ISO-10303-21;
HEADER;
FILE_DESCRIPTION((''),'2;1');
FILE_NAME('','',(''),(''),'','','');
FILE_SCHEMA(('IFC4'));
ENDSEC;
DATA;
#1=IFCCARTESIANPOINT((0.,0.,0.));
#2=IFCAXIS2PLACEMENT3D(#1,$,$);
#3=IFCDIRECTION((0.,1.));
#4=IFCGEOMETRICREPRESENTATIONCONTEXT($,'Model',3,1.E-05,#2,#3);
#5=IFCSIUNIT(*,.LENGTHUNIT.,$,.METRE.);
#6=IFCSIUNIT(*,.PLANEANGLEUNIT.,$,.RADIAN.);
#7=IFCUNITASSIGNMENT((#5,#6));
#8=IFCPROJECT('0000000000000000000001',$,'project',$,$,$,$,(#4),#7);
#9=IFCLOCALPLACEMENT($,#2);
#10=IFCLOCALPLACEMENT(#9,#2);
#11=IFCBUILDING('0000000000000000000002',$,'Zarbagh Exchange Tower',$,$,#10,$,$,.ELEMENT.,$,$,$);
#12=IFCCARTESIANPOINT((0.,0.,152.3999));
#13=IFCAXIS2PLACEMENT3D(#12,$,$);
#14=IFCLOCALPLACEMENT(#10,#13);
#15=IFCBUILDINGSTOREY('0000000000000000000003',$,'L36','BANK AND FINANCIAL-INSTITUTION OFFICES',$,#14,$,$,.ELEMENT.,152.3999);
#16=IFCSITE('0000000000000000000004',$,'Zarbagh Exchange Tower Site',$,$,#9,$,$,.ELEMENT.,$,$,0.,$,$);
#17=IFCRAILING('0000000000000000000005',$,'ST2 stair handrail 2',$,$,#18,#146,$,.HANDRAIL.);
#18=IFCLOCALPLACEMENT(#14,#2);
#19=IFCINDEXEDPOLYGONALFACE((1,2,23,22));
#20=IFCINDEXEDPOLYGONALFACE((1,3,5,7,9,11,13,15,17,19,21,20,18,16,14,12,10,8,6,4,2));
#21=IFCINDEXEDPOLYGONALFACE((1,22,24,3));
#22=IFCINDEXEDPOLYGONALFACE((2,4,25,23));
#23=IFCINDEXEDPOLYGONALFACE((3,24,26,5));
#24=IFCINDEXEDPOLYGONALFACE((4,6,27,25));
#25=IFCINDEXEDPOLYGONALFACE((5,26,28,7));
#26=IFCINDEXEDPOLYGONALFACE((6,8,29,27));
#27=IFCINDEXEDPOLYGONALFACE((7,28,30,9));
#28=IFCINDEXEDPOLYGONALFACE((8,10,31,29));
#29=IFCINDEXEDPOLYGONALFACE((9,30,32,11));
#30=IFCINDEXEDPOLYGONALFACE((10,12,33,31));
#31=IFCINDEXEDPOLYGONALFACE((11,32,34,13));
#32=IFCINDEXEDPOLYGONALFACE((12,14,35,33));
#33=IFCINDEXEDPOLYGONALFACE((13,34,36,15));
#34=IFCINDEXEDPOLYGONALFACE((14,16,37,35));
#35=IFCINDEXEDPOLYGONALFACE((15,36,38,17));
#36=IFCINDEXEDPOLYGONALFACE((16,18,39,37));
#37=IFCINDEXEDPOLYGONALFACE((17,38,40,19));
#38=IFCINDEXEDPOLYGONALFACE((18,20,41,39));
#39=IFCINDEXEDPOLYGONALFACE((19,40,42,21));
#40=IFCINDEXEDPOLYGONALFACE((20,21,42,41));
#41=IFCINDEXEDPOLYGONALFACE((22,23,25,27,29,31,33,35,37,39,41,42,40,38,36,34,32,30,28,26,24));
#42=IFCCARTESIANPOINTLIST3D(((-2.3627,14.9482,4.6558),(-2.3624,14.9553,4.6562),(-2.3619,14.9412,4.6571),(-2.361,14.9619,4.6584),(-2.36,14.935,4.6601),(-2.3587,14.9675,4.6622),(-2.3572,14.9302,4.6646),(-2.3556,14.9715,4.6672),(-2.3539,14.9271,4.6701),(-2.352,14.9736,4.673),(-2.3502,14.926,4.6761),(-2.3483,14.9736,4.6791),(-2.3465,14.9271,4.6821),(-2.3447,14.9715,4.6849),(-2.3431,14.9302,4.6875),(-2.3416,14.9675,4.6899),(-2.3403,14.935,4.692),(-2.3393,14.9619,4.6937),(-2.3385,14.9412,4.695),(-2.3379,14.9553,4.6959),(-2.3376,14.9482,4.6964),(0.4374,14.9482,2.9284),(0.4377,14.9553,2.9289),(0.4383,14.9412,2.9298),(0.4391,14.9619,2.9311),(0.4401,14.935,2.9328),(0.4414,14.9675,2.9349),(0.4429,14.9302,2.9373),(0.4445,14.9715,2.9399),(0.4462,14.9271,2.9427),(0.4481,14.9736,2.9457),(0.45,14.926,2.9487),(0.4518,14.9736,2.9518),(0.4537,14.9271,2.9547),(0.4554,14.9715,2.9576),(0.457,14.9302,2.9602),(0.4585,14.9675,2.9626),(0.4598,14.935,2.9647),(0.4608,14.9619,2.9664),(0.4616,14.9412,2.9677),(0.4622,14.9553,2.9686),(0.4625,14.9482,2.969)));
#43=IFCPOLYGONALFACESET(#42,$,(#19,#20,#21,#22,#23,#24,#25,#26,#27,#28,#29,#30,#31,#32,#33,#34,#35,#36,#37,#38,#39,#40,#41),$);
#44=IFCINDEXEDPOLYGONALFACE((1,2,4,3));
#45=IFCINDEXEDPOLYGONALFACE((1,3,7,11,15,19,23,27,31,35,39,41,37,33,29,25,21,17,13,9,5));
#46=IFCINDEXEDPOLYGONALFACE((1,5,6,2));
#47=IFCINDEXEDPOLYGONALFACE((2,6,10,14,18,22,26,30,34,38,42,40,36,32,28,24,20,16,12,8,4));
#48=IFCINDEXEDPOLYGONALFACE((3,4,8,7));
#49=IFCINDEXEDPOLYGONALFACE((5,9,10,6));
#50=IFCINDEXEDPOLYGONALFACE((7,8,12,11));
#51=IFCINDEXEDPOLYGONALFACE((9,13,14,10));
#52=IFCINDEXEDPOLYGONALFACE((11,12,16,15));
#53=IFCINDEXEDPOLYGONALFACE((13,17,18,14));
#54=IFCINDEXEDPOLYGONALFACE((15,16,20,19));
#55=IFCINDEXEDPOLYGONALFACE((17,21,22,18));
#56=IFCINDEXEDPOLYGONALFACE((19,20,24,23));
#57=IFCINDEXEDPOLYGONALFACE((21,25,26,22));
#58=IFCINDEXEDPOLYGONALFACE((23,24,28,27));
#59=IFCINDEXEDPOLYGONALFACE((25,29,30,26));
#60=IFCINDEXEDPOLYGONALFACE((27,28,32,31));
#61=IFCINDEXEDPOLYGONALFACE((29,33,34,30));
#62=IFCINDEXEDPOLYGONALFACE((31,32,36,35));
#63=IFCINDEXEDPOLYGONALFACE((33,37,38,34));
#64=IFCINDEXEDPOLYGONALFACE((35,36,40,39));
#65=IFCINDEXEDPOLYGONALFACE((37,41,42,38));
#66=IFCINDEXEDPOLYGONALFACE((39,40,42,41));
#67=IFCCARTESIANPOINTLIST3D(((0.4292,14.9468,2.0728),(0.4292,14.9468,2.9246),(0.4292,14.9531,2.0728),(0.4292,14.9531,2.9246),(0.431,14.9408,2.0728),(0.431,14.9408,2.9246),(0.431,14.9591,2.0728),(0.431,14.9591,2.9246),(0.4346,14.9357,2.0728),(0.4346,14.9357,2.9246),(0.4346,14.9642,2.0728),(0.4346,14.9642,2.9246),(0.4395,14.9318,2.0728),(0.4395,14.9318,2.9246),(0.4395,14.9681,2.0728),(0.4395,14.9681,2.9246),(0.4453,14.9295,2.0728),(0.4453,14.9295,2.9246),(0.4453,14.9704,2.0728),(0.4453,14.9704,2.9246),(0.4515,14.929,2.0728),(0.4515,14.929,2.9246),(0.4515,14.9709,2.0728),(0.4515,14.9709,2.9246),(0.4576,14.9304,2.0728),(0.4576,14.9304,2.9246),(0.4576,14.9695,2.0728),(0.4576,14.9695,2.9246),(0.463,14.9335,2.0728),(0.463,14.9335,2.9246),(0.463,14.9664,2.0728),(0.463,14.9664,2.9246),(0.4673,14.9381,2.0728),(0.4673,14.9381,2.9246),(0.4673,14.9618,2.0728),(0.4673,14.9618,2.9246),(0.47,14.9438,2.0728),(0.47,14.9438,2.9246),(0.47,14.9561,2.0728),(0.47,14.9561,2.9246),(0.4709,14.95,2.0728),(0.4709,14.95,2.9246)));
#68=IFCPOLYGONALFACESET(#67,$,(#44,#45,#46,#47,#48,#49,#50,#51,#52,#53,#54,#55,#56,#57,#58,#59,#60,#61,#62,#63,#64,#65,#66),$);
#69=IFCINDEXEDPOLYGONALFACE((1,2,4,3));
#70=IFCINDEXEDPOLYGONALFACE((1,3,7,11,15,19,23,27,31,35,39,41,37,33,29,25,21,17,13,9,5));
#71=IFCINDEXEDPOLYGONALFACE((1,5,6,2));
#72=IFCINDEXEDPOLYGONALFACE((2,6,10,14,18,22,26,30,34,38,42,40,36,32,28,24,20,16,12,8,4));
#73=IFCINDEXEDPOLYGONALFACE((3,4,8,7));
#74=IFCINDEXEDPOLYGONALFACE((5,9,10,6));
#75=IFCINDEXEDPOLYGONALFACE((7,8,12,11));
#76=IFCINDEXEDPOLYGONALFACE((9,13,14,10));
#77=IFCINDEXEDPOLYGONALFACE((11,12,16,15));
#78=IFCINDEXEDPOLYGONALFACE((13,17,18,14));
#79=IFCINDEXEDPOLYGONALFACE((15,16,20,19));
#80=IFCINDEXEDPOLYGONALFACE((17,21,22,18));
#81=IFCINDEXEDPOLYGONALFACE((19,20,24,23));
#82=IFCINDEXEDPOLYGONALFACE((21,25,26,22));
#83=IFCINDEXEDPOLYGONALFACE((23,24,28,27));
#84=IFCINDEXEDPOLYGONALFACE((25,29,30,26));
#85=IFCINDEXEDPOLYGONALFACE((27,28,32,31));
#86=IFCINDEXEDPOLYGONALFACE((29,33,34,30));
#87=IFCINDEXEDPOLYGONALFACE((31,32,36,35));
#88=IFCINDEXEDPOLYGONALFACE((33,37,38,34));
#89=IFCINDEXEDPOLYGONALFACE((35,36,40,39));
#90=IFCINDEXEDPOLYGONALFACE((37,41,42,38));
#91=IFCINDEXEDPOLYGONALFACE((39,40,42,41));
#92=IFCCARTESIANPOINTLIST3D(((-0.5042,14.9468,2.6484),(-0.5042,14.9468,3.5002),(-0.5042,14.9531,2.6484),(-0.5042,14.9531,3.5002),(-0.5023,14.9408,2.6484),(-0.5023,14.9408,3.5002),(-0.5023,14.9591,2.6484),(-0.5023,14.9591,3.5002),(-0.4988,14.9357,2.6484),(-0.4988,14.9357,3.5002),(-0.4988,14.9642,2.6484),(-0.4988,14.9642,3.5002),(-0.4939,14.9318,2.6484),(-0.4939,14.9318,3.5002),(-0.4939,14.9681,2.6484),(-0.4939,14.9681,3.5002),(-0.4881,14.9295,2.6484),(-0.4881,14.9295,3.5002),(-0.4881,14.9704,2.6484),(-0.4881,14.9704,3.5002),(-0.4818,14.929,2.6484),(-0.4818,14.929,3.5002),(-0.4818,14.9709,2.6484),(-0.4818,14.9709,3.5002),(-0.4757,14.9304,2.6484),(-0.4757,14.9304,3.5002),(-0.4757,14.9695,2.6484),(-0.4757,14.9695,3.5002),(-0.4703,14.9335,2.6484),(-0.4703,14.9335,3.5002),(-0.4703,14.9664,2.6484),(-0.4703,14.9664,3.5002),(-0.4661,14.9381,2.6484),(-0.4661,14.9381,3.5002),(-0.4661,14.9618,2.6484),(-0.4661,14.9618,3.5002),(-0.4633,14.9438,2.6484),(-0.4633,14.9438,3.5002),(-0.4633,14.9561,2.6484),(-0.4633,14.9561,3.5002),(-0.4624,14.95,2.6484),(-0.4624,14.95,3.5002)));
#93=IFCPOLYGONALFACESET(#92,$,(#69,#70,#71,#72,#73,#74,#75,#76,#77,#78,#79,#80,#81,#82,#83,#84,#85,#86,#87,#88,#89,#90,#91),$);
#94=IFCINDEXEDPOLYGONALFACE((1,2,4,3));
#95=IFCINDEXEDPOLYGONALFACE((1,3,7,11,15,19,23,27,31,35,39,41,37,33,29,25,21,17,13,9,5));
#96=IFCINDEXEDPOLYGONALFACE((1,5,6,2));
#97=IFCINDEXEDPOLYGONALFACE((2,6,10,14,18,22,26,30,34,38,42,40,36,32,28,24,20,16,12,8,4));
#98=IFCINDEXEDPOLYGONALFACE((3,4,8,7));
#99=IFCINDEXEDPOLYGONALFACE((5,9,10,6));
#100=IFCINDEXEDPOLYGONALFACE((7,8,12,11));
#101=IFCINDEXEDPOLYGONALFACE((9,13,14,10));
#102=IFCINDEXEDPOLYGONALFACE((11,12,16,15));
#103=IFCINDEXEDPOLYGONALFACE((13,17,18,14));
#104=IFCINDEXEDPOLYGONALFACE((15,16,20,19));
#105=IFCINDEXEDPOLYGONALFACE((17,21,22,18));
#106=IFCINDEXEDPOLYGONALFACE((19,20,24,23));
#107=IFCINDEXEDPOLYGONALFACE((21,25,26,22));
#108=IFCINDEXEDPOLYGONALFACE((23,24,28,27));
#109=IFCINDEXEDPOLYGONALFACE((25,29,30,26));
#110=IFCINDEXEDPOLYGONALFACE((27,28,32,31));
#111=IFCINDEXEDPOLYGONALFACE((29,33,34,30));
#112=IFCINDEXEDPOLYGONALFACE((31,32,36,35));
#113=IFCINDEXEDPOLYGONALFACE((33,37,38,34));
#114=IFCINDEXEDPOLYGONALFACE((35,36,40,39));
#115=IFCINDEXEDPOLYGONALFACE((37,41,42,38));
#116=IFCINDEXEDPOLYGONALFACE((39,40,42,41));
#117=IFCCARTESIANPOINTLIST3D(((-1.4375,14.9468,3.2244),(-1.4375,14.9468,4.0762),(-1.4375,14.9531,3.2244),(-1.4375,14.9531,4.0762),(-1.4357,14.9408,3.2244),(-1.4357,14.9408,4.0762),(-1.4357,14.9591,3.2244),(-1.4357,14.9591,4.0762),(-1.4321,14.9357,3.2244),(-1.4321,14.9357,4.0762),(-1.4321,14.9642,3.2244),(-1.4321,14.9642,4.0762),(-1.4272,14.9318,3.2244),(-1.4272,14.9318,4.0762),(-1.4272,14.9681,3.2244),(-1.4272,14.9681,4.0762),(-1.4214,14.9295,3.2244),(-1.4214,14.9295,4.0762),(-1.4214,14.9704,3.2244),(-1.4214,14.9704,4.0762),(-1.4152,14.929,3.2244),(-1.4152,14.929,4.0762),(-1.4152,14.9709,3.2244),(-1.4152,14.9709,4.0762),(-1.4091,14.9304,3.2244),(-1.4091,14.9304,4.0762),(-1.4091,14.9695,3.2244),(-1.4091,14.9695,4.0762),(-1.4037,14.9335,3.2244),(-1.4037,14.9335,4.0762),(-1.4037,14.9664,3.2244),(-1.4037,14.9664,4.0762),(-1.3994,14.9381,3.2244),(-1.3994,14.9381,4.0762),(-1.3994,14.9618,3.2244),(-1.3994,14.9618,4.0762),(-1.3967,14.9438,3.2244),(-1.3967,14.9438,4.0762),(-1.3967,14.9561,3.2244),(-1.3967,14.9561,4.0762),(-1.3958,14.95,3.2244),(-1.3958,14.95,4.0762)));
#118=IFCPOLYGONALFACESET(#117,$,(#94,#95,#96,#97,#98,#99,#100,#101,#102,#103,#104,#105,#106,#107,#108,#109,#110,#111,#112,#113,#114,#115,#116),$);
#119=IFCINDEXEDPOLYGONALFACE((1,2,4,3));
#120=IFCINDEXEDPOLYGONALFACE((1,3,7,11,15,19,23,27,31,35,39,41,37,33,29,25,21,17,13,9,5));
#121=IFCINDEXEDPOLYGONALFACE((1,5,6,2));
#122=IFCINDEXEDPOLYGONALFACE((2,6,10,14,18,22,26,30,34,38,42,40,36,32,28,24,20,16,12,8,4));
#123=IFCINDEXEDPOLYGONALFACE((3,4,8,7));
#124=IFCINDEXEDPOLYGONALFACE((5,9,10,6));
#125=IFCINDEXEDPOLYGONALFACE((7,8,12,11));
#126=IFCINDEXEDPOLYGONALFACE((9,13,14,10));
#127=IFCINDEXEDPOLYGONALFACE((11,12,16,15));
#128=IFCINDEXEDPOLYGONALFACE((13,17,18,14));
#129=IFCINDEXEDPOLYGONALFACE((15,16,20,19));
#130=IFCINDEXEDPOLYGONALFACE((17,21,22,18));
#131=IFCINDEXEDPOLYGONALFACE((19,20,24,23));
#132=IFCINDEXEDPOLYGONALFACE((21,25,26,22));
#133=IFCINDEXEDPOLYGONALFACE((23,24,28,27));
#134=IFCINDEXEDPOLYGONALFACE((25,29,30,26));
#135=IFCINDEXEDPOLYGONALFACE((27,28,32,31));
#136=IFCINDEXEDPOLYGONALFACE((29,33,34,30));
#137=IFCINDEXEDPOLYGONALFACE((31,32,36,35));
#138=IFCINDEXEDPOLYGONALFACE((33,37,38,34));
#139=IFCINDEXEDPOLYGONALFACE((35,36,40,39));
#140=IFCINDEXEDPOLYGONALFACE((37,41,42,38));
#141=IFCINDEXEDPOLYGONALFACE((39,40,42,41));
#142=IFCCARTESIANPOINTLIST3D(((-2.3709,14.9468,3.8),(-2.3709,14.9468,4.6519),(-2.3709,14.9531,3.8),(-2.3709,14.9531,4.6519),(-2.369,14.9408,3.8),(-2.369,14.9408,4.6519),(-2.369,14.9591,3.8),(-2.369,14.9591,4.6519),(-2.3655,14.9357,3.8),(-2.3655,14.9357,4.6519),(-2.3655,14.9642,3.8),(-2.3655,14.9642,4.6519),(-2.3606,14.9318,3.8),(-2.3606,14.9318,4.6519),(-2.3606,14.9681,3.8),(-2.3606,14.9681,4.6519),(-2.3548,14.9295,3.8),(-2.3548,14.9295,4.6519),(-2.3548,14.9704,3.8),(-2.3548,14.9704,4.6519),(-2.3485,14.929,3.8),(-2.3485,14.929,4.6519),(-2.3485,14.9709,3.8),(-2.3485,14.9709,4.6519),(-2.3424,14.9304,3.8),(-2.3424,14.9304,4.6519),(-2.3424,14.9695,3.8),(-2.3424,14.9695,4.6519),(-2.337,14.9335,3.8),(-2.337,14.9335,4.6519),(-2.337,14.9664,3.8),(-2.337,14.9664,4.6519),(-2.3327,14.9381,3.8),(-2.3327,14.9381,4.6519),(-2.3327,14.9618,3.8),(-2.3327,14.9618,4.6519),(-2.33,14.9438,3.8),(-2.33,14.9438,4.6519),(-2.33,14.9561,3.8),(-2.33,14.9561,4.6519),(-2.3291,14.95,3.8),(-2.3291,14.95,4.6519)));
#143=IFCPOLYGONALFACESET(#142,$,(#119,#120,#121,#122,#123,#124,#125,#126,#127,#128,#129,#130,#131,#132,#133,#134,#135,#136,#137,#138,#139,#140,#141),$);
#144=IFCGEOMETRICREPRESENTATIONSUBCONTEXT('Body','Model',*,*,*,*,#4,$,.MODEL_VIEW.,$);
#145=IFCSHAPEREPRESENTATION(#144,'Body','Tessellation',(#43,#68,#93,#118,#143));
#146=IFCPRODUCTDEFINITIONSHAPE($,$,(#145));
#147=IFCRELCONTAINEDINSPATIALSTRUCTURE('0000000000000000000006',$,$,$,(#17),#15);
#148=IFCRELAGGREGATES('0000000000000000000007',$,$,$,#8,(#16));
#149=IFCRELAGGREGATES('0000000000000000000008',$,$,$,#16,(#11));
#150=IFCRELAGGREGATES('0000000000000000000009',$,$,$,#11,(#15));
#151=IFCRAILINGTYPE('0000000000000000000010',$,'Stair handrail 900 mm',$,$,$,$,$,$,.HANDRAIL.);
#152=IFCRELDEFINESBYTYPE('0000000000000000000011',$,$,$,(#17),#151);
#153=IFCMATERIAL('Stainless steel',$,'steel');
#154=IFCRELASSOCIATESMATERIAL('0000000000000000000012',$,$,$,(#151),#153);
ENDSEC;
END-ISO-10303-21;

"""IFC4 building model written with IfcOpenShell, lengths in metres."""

from ifc_helpers import new_model, si_unit, direction, frame, origin, origin_2d, place, context, subcontext, project, spatial, circle, extrude, material, type_object, element, save


model = new_model("IFC4")

# Units and contexts
model_context = context("Model", 3, precision=1e-05, world=origin(), true_north=direction((0.0, 1.0)))
body_context = subcontext(model_context, "Body", "Model", "MODEL_VIEW")
ifc_project = project(units=[si_unit("LENGTHUNIT", "METRE"), si_unit("PLANEANGLEUNIT", "RADIAN")], contexts=[model_context])

# Site, building, storey
site_placement = place(None, origin())
site = spatial("IfcSite", under=ifc_project, at=site_placement, Name="Zarbagh Exchange Tower Site", CompositionType="ELEMENT", RefElevation=0.0)
building_placement = place(site_placement, origin())
building = spatial("IfcBuilding", under=site, at=building_placement, Name="Zarbagh Exchange Tower", CompositionType="ELEMENT")
storey_placement = place(building_placement, frame((0.0, 0.0, 152.3999)))
storey = spatial("IfcBuildingStorey", under=building, at=storey_placement, Name="L36", Description="BANK AND FINANCIAL-INSTITUTION OFFICES", CompositionType="ELEMENT", Elevation=152.3999)

# Railing
ifc_material_1 = material(Name="Stainless steel", Category="steel")
railing_type_1 = type_object("IfcRailingType", Name="Stair handrail 900 mm", PredefinedType="HANDRAIL", material=ifc_material_1)
railing_1_placement = place(storey_placement, frame((0.45, 14.95, 2.0728)))
element("IfcRailing", 1, at=railing_1_placement, inside=storey, type_object=railing_type_1, Name="ST2 stair handrail 2", PredefinedType="HANDRAIL", context=body_context, shape_type="SweptSolid", body=[
    extrude(circle(Radius=0.0239, at=origin_2d()), frame((0.0, 0.0, 0.876), z_axis=(-0.85109, 0.0, 0.52502), x_axis=(0.0, -1.0, 0.0)), (0.0, 0.0, 1.0), 3.29),
    extrude(circle(Radius=0.021, at=origin_2d()), origin(), (0.0, 0.0, 1.0), 0.8518),
    extrude(circle(Radius=0.021, at=origin_2d()), frame((-0.9333, 0.0, 0.5757)), (0.0, 0.0, 1.0), 0.8518),
    extrude(circle(Radius=0.021, at=origin_2d()), frame((-1.8667, 0.0, 1.1516)), (0.0, 0.0, 1.0), 0.8518),
    extrude(circle(Radius=0.021, at=origin_2d()), frame((-2.8, 0.0, 1.7273)), (0.0, 0.0, 1.0), 0.8518),
])

save(model, "model.ifc")
